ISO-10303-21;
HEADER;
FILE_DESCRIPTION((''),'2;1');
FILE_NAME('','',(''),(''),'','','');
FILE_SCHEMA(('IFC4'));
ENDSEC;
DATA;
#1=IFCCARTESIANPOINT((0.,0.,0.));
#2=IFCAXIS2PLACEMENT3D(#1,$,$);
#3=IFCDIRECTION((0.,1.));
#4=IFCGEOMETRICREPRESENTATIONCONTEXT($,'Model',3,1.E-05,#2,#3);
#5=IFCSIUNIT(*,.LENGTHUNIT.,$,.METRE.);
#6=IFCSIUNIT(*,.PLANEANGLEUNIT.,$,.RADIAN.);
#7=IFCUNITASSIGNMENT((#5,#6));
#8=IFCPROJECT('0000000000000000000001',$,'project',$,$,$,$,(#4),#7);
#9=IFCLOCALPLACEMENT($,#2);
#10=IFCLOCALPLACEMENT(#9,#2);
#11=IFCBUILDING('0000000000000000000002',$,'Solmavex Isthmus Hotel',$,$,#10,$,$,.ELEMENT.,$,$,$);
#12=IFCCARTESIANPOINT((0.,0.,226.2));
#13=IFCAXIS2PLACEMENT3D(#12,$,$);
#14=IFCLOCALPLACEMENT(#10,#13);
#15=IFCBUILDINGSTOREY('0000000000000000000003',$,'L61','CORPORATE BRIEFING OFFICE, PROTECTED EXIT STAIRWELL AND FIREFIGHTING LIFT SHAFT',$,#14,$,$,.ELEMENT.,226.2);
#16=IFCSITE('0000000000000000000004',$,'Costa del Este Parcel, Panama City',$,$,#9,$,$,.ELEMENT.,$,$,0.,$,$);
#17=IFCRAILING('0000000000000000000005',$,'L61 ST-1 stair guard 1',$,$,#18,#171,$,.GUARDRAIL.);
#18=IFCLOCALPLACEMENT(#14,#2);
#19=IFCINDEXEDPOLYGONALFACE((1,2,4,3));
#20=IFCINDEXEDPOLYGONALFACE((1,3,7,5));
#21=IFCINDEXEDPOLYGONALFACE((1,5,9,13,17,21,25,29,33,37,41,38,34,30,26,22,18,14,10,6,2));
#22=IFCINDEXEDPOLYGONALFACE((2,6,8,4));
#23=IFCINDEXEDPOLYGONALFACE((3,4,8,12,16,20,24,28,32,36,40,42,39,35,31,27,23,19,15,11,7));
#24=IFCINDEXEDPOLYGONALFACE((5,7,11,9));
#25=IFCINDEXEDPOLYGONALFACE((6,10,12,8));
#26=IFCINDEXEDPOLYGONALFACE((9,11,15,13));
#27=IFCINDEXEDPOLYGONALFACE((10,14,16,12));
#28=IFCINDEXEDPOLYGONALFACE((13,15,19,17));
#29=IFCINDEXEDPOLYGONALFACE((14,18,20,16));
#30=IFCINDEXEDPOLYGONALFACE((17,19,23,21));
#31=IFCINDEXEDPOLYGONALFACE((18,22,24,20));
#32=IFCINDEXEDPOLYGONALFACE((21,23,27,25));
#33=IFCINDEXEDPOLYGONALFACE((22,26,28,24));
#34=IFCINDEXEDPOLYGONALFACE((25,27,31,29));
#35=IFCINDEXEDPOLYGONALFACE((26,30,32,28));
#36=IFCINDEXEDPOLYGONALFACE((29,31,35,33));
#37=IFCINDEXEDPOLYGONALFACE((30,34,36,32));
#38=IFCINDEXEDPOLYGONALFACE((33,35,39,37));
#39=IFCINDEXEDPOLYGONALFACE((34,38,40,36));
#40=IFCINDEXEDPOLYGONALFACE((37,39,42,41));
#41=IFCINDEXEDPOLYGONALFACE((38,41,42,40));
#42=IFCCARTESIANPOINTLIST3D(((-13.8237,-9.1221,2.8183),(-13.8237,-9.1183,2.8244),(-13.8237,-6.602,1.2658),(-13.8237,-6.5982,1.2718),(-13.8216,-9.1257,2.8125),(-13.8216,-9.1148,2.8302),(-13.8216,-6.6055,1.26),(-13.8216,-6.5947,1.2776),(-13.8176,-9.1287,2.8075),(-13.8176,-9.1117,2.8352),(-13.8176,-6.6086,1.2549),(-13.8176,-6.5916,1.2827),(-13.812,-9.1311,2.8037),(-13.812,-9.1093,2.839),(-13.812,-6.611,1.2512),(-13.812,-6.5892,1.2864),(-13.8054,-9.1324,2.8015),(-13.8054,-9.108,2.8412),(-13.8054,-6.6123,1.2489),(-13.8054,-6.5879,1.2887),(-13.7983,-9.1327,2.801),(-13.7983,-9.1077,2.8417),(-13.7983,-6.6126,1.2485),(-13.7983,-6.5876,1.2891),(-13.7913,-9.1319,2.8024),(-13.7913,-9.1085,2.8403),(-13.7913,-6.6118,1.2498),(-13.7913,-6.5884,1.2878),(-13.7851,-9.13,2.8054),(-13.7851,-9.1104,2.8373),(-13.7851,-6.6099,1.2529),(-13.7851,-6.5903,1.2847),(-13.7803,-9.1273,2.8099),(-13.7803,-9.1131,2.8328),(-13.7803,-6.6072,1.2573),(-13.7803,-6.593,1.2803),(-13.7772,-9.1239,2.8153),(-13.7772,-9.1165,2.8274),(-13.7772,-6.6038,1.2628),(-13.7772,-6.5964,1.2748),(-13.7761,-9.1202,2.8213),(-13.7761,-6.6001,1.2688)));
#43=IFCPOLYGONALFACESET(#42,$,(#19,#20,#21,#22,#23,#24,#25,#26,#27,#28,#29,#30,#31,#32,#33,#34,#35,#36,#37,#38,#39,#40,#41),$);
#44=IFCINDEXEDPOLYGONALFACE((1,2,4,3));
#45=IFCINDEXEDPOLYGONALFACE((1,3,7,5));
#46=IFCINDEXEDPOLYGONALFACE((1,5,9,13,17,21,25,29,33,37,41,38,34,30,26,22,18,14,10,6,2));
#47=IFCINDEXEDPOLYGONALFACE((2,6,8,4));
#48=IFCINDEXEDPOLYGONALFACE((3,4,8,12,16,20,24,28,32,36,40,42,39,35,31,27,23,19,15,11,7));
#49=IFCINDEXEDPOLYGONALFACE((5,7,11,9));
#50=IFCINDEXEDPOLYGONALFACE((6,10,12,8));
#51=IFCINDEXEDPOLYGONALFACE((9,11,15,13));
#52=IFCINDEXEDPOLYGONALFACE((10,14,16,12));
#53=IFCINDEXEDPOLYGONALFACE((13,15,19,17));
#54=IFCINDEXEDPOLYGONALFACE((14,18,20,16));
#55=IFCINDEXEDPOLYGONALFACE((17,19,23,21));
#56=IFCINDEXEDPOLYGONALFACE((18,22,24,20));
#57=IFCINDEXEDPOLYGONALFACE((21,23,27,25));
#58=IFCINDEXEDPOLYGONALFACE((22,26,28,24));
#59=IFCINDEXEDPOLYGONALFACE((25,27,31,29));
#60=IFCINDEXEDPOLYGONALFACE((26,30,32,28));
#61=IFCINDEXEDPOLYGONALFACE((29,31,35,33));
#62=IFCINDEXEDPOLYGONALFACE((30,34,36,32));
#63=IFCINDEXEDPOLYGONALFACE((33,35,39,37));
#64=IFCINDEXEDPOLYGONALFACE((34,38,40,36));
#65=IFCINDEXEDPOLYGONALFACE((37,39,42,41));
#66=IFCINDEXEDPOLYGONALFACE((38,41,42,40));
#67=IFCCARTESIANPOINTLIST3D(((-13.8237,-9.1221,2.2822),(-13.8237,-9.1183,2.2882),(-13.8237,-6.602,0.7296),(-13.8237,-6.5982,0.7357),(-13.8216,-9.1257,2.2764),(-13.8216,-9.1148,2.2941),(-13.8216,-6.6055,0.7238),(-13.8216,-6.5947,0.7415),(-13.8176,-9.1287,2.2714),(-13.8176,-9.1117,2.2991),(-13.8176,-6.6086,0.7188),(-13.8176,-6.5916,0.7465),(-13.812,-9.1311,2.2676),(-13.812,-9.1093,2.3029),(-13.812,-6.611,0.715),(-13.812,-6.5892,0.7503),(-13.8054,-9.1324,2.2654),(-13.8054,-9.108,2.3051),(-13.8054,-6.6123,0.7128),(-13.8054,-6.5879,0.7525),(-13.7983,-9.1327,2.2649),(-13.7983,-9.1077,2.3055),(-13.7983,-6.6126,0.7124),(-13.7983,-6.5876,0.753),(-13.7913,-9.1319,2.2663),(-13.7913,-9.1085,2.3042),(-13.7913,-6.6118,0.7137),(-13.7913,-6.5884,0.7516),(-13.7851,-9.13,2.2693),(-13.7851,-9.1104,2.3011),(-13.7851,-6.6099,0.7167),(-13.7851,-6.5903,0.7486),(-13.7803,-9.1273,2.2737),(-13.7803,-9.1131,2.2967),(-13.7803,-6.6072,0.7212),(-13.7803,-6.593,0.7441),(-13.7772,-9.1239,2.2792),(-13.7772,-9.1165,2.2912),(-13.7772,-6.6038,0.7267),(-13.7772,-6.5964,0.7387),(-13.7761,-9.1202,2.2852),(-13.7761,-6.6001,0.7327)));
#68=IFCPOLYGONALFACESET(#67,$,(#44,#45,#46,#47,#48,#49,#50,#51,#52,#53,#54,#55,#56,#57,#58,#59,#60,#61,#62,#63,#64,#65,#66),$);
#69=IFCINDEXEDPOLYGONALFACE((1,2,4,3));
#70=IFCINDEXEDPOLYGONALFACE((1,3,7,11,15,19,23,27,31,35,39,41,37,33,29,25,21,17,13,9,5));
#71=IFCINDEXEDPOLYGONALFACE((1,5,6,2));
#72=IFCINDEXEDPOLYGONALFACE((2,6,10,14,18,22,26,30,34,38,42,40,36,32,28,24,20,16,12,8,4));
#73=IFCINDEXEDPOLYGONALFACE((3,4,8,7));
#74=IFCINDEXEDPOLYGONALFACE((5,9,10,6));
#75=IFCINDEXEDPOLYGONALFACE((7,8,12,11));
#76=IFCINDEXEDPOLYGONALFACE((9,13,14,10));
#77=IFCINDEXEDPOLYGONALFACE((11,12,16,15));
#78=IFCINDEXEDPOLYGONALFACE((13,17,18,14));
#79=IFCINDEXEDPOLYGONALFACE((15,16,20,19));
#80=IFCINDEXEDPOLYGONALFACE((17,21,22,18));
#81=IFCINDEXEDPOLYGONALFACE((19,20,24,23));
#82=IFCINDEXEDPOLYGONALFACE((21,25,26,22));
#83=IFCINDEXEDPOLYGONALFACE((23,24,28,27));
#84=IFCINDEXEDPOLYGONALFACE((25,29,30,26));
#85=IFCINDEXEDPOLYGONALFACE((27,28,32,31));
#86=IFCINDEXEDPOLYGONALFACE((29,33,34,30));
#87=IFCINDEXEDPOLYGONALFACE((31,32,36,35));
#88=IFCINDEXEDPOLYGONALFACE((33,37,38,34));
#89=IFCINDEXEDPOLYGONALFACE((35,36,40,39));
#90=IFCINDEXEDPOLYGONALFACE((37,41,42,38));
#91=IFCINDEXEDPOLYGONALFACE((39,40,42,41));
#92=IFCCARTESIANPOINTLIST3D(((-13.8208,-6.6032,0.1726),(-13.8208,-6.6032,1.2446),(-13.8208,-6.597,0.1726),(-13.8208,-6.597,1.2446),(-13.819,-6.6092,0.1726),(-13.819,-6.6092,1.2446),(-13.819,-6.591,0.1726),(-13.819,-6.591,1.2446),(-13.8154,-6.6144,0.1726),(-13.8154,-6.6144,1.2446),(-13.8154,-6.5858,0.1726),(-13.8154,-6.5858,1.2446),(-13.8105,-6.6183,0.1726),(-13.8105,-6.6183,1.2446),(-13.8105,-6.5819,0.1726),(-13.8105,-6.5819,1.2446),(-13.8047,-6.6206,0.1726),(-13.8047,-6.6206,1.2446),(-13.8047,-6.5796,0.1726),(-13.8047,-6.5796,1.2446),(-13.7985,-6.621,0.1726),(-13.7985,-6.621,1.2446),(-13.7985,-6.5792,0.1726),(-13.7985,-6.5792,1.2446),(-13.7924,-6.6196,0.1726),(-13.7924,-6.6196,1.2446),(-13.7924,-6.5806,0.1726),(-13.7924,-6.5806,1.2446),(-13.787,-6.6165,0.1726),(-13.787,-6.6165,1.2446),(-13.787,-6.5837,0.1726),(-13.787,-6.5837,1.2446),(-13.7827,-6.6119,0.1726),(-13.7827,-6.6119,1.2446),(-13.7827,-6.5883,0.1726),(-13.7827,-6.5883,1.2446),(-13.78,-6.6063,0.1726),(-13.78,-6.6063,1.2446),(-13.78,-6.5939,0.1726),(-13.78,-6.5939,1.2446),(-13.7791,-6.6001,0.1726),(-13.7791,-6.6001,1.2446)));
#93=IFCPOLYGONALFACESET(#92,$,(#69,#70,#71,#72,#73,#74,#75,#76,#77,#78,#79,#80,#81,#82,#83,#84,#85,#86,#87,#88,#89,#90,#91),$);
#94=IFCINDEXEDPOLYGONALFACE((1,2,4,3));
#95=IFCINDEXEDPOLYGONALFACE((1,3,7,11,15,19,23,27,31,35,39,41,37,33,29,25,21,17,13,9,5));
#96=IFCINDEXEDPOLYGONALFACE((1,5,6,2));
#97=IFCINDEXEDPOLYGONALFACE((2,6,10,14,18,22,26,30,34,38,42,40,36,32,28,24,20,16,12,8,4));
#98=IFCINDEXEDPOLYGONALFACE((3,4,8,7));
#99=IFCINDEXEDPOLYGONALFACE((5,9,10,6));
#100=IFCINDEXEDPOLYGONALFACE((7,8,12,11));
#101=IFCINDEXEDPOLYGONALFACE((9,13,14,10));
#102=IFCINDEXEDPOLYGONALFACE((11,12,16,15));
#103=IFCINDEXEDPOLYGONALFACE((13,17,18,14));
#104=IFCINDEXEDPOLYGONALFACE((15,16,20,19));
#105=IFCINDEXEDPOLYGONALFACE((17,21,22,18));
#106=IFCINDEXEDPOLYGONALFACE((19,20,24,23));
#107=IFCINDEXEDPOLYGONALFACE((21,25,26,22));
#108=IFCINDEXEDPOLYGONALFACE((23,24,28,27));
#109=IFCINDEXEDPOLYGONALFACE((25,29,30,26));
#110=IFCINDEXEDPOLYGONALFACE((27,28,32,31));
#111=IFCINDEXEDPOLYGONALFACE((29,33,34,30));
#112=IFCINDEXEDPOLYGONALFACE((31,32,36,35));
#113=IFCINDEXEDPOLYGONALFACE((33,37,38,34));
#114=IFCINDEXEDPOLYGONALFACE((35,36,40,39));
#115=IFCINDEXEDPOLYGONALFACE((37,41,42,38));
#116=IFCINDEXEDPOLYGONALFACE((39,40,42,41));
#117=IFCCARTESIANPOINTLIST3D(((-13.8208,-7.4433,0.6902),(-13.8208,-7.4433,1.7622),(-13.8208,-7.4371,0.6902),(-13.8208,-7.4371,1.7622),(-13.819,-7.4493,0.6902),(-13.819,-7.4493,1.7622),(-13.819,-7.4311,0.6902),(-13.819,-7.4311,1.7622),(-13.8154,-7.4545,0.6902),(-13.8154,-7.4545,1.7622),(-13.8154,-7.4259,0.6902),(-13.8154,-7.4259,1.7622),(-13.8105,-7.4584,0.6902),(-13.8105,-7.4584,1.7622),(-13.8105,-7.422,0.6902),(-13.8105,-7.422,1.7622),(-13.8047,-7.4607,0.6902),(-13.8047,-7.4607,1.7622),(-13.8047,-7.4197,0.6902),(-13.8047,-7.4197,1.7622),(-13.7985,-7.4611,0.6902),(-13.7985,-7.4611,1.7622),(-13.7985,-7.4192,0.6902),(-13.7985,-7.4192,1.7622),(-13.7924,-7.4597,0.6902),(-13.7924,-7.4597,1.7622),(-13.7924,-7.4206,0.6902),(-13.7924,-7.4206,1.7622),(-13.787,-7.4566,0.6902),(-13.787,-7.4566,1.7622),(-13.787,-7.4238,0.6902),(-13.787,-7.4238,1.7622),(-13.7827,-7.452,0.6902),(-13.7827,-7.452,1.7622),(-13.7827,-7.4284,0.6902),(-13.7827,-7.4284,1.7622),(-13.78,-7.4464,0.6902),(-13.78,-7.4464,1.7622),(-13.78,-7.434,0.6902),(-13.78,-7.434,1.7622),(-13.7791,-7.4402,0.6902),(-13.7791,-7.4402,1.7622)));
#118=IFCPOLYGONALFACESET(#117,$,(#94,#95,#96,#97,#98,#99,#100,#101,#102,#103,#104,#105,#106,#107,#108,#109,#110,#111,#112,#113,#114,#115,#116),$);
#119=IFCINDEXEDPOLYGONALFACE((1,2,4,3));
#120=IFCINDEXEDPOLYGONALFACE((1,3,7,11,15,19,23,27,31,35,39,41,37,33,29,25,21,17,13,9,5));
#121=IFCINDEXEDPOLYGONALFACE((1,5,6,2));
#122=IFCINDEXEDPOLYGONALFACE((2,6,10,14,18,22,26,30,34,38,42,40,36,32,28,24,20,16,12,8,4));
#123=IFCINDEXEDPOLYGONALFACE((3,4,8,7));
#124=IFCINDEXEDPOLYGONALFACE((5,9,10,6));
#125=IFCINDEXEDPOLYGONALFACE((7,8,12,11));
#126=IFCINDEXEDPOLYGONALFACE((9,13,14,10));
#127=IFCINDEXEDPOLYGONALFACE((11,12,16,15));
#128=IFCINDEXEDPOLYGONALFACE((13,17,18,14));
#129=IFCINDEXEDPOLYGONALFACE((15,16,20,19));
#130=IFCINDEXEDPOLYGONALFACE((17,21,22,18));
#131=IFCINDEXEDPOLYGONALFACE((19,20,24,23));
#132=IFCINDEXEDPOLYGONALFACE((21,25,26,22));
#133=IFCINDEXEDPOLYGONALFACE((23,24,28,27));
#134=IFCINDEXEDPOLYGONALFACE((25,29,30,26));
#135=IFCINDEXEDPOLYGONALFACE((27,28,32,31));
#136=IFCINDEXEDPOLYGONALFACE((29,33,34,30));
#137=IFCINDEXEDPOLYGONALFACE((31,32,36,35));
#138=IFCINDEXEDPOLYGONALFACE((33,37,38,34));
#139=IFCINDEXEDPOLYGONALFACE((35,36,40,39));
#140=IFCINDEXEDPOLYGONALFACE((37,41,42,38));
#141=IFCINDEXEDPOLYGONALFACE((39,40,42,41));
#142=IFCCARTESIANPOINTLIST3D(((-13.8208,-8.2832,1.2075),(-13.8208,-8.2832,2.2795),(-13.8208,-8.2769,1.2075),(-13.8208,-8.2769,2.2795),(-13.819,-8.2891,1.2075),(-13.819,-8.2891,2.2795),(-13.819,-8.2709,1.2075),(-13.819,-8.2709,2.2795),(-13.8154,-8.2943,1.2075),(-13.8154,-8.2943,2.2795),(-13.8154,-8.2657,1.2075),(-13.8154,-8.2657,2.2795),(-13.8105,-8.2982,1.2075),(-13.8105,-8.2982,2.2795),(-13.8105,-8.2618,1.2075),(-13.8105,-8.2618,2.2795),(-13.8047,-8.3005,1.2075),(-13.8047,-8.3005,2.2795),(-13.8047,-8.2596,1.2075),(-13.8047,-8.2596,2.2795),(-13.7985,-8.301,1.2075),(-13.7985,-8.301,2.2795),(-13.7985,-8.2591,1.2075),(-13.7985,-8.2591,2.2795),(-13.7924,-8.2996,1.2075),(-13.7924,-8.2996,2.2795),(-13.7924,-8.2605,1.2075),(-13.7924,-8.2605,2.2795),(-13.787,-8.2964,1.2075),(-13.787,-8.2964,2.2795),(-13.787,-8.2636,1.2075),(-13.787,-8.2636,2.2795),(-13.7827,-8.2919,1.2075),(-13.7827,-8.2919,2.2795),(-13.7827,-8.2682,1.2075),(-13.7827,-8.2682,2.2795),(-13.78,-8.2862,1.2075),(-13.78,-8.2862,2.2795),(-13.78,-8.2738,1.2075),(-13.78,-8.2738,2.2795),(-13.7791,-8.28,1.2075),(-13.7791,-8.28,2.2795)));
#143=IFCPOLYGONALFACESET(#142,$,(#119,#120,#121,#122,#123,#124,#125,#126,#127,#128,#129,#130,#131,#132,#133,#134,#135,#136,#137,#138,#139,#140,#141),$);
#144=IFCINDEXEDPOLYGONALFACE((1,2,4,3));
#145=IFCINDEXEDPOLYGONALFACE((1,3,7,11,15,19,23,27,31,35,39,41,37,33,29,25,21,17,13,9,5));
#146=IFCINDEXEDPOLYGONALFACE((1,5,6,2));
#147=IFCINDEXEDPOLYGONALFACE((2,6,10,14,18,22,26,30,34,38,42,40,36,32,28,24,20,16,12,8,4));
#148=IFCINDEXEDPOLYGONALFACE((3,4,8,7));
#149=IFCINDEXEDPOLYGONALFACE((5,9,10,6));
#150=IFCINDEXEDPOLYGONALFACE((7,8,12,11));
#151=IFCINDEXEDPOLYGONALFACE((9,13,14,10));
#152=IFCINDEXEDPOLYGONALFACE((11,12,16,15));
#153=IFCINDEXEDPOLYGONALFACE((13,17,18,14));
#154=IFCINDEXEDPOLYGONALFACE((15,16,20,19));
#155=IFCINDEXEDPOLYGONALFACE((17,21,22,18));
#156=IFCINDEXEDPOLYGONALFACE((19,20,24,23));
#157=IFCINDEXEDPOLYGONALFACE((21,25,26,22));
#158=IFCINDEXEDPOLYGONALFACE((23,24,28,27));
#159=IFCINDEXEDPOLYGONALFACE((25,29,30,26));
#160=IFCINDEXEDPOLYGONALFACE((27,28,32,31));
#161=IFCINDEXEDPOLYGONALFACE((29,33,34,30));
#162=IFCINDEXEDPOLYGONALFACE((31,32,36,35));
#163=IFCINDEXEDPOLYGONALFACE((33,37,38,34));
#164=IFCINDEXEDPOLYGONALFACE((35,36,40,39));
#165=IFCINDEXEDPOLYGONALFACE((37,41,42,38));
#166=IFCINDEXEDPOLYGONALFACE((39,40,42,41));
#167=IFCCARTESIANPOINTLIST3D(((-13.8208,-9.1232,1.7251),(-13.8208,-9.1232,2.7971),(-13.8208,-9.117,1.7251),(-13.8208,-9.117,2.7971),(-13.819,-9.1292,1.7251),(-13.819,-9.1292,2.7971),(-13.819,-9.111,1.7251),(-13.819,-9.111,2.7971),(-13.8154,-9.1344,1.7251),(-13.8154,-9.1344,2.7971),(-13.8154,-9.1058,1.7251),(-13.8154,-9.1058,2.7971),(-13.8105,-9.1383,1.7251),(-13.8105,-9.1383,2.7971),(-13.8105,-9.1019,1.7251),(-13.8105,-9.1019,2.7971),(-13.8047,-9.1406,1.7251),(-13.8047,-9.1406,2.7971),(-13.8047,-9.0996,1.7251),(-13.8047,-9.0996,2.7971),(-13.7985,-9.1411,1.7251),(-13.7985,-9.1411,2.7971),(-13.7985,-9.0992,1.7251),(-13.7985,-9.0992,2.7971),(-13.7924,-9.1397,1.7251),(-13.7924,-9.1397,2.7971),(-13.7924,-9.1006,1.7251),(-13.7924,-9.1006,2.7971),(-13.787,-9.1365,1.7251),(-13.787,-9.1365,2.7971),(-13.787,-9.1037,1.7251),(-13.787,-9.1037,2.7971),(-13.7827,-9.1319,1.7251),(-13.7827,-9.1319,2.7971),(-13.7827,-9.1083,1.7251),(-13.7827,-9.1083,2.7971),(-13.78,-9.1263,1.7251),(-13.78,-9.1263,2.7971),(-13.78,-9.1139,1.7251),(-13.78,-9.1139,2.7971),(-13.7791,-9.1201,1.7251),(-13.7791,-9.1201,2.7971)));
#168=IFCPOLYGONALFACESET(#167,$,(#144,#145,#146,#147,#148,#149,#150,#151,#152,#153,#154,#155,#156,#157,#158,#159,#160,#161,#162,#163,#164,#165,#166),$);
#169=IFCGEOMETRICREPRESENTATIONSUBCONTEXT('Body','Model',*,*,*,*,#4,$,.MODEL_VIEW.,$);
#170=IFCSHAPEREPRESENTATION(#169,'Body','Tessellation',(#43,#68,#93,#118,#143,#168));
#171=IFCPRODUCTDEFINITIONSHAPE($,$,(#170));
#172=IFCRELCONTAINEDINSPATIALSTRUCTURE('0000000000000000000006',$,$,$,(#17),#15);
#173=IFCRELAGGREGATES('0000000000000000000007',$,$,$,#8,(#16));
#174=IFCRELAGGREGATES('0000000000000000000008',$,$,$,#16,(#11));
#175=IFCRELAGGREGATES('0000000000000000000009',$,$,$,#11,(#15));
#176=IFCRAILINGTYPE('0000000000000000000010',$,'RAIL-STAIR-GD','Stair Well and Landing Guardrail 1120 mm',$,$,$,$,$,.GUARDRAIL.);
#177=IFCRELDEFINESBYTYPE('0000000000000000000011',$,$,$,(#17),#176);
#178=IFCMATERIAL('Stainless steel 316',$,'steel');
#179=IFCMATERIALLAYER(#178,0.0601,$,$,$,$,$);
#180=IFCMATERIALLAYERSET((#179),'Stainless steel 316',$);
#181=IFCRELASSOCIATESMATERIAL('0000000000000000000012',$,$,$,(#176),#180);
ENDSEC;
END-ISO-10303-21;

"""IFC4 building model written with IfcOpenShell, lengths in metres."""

from ifc_helpers import new_model, si_unit, direction, frame, origin, origin_2d, place, context, subcontext, project, spatial, circle, extrude, material, layer, layer_set, type_object, element, save


model = new_model("IFC4")

# Units and contexts
model_context = context("Model", 3, precision=1e-05, world=origin(), true_north=direction((0.0, 1.0)))
body_context = subcontext(model_context, "Body", "Model", "MODEL_VIEW")
ifc_project = project(units=[si_unit("LENGTHUNIT", "METRE"), si_unit("PLANEANGLEUNIT", "RADIAN")], contexts=[model_context])

# Site, building, storey
site_placement = place(None, origin())
site = spatial("IfcSite", under=ifc_project, at=site_placement, Name="Costa del Este Parcel, Panama City", CompositionType="ELEMENT", RefElevation=0.0)
building_placement = place(site_placement, origin())
building = spatial("IfcBuilding", under=site, at=building_placement, Name="Solmavex Isthmus Hotel", CompositionType="ELEMENT")
storey_placement = place(building_placement, frame((0.0, 0.0, 226.2)))
storey = spatial("IfcBuildingStorey", under=building, at=storey_placement, Name="L61", Description="CORPORATE BRIEFING OFFICE, PROTECTED EXIT STAIRWELL AND FIREFIGHTING LIFT SHAFT", CompositionType="ELEMENT", Elevation=226.2)

# Shared definitions
ifc_material_1 = material(Name="Stainless steel 316", Category="steel")

# Railing
ifc_layer_1 = layer(ifc_material_1, 0.0601)
ifc_layer_set_1 = layer_set([ifc_layer_1], Name="Stainless steel 316")
railing_type_1 = type_object("IfcRailingType", Name="RAIL-STAIR-GD", Description="Stair Well and Landing Guardrail 1120 mm", PredefinedType="GUARDRAIL", material=ifc_layer_set_1)
railing_1_placement = place(storey_placement, frame((-13.8, -6.6001, 0.1726)))
element("IfcRailing", 1, at=railing_1_placement, inside=storey, type_object=railing_type_1, Name="L61 ST-1 stair guard 1", PredefinedType="GUARDRAIL", context=body_context, shape_type="SweptSolid", body=[
    extrude(circle(Radius=0.0239, at=origin_2d()), frame((0.0, 0.0, 1.0962), z_axis=(0.0, -0.8514, 0.524516), x_axis=(1.0, 0.0, 0.0)), (0.0, 0.0, 1.0), 2.96),
    extrude(circle(Radius=0.0239, at=origin_2d()), frame((0.0, 0.0, 0.5601), z_axis=(0.0, -0.8514, 0.524516), x_axis=(1.0, 0.0, 0.0)), (0.0, 0.0, 1.0), 2.96),
    extrude(circle(Radius=0.021, at=origin_2d()), origin(), (0.0, 0.0, 1.0), 1.072),
    extrude(circle(Radius=0.021, at=origin_2d()), frame((0.0, -0.8401, 0.5176)), (0.0, 0.0, 1.0), 1.072),
    extrude(circle(Radius=0.021, at=origin_2d()), frame((0.0, -1.6799, 1.0349)), (0.0, 0.0, 1.0), 1.072),
    extrude(circle(Radius=0.021, at=origin_2d()), frame((0.0, -2.52, 1.5525)), (0.0, 0.0, 1.0), 1.072),
])

save(model, "model.ifc")
